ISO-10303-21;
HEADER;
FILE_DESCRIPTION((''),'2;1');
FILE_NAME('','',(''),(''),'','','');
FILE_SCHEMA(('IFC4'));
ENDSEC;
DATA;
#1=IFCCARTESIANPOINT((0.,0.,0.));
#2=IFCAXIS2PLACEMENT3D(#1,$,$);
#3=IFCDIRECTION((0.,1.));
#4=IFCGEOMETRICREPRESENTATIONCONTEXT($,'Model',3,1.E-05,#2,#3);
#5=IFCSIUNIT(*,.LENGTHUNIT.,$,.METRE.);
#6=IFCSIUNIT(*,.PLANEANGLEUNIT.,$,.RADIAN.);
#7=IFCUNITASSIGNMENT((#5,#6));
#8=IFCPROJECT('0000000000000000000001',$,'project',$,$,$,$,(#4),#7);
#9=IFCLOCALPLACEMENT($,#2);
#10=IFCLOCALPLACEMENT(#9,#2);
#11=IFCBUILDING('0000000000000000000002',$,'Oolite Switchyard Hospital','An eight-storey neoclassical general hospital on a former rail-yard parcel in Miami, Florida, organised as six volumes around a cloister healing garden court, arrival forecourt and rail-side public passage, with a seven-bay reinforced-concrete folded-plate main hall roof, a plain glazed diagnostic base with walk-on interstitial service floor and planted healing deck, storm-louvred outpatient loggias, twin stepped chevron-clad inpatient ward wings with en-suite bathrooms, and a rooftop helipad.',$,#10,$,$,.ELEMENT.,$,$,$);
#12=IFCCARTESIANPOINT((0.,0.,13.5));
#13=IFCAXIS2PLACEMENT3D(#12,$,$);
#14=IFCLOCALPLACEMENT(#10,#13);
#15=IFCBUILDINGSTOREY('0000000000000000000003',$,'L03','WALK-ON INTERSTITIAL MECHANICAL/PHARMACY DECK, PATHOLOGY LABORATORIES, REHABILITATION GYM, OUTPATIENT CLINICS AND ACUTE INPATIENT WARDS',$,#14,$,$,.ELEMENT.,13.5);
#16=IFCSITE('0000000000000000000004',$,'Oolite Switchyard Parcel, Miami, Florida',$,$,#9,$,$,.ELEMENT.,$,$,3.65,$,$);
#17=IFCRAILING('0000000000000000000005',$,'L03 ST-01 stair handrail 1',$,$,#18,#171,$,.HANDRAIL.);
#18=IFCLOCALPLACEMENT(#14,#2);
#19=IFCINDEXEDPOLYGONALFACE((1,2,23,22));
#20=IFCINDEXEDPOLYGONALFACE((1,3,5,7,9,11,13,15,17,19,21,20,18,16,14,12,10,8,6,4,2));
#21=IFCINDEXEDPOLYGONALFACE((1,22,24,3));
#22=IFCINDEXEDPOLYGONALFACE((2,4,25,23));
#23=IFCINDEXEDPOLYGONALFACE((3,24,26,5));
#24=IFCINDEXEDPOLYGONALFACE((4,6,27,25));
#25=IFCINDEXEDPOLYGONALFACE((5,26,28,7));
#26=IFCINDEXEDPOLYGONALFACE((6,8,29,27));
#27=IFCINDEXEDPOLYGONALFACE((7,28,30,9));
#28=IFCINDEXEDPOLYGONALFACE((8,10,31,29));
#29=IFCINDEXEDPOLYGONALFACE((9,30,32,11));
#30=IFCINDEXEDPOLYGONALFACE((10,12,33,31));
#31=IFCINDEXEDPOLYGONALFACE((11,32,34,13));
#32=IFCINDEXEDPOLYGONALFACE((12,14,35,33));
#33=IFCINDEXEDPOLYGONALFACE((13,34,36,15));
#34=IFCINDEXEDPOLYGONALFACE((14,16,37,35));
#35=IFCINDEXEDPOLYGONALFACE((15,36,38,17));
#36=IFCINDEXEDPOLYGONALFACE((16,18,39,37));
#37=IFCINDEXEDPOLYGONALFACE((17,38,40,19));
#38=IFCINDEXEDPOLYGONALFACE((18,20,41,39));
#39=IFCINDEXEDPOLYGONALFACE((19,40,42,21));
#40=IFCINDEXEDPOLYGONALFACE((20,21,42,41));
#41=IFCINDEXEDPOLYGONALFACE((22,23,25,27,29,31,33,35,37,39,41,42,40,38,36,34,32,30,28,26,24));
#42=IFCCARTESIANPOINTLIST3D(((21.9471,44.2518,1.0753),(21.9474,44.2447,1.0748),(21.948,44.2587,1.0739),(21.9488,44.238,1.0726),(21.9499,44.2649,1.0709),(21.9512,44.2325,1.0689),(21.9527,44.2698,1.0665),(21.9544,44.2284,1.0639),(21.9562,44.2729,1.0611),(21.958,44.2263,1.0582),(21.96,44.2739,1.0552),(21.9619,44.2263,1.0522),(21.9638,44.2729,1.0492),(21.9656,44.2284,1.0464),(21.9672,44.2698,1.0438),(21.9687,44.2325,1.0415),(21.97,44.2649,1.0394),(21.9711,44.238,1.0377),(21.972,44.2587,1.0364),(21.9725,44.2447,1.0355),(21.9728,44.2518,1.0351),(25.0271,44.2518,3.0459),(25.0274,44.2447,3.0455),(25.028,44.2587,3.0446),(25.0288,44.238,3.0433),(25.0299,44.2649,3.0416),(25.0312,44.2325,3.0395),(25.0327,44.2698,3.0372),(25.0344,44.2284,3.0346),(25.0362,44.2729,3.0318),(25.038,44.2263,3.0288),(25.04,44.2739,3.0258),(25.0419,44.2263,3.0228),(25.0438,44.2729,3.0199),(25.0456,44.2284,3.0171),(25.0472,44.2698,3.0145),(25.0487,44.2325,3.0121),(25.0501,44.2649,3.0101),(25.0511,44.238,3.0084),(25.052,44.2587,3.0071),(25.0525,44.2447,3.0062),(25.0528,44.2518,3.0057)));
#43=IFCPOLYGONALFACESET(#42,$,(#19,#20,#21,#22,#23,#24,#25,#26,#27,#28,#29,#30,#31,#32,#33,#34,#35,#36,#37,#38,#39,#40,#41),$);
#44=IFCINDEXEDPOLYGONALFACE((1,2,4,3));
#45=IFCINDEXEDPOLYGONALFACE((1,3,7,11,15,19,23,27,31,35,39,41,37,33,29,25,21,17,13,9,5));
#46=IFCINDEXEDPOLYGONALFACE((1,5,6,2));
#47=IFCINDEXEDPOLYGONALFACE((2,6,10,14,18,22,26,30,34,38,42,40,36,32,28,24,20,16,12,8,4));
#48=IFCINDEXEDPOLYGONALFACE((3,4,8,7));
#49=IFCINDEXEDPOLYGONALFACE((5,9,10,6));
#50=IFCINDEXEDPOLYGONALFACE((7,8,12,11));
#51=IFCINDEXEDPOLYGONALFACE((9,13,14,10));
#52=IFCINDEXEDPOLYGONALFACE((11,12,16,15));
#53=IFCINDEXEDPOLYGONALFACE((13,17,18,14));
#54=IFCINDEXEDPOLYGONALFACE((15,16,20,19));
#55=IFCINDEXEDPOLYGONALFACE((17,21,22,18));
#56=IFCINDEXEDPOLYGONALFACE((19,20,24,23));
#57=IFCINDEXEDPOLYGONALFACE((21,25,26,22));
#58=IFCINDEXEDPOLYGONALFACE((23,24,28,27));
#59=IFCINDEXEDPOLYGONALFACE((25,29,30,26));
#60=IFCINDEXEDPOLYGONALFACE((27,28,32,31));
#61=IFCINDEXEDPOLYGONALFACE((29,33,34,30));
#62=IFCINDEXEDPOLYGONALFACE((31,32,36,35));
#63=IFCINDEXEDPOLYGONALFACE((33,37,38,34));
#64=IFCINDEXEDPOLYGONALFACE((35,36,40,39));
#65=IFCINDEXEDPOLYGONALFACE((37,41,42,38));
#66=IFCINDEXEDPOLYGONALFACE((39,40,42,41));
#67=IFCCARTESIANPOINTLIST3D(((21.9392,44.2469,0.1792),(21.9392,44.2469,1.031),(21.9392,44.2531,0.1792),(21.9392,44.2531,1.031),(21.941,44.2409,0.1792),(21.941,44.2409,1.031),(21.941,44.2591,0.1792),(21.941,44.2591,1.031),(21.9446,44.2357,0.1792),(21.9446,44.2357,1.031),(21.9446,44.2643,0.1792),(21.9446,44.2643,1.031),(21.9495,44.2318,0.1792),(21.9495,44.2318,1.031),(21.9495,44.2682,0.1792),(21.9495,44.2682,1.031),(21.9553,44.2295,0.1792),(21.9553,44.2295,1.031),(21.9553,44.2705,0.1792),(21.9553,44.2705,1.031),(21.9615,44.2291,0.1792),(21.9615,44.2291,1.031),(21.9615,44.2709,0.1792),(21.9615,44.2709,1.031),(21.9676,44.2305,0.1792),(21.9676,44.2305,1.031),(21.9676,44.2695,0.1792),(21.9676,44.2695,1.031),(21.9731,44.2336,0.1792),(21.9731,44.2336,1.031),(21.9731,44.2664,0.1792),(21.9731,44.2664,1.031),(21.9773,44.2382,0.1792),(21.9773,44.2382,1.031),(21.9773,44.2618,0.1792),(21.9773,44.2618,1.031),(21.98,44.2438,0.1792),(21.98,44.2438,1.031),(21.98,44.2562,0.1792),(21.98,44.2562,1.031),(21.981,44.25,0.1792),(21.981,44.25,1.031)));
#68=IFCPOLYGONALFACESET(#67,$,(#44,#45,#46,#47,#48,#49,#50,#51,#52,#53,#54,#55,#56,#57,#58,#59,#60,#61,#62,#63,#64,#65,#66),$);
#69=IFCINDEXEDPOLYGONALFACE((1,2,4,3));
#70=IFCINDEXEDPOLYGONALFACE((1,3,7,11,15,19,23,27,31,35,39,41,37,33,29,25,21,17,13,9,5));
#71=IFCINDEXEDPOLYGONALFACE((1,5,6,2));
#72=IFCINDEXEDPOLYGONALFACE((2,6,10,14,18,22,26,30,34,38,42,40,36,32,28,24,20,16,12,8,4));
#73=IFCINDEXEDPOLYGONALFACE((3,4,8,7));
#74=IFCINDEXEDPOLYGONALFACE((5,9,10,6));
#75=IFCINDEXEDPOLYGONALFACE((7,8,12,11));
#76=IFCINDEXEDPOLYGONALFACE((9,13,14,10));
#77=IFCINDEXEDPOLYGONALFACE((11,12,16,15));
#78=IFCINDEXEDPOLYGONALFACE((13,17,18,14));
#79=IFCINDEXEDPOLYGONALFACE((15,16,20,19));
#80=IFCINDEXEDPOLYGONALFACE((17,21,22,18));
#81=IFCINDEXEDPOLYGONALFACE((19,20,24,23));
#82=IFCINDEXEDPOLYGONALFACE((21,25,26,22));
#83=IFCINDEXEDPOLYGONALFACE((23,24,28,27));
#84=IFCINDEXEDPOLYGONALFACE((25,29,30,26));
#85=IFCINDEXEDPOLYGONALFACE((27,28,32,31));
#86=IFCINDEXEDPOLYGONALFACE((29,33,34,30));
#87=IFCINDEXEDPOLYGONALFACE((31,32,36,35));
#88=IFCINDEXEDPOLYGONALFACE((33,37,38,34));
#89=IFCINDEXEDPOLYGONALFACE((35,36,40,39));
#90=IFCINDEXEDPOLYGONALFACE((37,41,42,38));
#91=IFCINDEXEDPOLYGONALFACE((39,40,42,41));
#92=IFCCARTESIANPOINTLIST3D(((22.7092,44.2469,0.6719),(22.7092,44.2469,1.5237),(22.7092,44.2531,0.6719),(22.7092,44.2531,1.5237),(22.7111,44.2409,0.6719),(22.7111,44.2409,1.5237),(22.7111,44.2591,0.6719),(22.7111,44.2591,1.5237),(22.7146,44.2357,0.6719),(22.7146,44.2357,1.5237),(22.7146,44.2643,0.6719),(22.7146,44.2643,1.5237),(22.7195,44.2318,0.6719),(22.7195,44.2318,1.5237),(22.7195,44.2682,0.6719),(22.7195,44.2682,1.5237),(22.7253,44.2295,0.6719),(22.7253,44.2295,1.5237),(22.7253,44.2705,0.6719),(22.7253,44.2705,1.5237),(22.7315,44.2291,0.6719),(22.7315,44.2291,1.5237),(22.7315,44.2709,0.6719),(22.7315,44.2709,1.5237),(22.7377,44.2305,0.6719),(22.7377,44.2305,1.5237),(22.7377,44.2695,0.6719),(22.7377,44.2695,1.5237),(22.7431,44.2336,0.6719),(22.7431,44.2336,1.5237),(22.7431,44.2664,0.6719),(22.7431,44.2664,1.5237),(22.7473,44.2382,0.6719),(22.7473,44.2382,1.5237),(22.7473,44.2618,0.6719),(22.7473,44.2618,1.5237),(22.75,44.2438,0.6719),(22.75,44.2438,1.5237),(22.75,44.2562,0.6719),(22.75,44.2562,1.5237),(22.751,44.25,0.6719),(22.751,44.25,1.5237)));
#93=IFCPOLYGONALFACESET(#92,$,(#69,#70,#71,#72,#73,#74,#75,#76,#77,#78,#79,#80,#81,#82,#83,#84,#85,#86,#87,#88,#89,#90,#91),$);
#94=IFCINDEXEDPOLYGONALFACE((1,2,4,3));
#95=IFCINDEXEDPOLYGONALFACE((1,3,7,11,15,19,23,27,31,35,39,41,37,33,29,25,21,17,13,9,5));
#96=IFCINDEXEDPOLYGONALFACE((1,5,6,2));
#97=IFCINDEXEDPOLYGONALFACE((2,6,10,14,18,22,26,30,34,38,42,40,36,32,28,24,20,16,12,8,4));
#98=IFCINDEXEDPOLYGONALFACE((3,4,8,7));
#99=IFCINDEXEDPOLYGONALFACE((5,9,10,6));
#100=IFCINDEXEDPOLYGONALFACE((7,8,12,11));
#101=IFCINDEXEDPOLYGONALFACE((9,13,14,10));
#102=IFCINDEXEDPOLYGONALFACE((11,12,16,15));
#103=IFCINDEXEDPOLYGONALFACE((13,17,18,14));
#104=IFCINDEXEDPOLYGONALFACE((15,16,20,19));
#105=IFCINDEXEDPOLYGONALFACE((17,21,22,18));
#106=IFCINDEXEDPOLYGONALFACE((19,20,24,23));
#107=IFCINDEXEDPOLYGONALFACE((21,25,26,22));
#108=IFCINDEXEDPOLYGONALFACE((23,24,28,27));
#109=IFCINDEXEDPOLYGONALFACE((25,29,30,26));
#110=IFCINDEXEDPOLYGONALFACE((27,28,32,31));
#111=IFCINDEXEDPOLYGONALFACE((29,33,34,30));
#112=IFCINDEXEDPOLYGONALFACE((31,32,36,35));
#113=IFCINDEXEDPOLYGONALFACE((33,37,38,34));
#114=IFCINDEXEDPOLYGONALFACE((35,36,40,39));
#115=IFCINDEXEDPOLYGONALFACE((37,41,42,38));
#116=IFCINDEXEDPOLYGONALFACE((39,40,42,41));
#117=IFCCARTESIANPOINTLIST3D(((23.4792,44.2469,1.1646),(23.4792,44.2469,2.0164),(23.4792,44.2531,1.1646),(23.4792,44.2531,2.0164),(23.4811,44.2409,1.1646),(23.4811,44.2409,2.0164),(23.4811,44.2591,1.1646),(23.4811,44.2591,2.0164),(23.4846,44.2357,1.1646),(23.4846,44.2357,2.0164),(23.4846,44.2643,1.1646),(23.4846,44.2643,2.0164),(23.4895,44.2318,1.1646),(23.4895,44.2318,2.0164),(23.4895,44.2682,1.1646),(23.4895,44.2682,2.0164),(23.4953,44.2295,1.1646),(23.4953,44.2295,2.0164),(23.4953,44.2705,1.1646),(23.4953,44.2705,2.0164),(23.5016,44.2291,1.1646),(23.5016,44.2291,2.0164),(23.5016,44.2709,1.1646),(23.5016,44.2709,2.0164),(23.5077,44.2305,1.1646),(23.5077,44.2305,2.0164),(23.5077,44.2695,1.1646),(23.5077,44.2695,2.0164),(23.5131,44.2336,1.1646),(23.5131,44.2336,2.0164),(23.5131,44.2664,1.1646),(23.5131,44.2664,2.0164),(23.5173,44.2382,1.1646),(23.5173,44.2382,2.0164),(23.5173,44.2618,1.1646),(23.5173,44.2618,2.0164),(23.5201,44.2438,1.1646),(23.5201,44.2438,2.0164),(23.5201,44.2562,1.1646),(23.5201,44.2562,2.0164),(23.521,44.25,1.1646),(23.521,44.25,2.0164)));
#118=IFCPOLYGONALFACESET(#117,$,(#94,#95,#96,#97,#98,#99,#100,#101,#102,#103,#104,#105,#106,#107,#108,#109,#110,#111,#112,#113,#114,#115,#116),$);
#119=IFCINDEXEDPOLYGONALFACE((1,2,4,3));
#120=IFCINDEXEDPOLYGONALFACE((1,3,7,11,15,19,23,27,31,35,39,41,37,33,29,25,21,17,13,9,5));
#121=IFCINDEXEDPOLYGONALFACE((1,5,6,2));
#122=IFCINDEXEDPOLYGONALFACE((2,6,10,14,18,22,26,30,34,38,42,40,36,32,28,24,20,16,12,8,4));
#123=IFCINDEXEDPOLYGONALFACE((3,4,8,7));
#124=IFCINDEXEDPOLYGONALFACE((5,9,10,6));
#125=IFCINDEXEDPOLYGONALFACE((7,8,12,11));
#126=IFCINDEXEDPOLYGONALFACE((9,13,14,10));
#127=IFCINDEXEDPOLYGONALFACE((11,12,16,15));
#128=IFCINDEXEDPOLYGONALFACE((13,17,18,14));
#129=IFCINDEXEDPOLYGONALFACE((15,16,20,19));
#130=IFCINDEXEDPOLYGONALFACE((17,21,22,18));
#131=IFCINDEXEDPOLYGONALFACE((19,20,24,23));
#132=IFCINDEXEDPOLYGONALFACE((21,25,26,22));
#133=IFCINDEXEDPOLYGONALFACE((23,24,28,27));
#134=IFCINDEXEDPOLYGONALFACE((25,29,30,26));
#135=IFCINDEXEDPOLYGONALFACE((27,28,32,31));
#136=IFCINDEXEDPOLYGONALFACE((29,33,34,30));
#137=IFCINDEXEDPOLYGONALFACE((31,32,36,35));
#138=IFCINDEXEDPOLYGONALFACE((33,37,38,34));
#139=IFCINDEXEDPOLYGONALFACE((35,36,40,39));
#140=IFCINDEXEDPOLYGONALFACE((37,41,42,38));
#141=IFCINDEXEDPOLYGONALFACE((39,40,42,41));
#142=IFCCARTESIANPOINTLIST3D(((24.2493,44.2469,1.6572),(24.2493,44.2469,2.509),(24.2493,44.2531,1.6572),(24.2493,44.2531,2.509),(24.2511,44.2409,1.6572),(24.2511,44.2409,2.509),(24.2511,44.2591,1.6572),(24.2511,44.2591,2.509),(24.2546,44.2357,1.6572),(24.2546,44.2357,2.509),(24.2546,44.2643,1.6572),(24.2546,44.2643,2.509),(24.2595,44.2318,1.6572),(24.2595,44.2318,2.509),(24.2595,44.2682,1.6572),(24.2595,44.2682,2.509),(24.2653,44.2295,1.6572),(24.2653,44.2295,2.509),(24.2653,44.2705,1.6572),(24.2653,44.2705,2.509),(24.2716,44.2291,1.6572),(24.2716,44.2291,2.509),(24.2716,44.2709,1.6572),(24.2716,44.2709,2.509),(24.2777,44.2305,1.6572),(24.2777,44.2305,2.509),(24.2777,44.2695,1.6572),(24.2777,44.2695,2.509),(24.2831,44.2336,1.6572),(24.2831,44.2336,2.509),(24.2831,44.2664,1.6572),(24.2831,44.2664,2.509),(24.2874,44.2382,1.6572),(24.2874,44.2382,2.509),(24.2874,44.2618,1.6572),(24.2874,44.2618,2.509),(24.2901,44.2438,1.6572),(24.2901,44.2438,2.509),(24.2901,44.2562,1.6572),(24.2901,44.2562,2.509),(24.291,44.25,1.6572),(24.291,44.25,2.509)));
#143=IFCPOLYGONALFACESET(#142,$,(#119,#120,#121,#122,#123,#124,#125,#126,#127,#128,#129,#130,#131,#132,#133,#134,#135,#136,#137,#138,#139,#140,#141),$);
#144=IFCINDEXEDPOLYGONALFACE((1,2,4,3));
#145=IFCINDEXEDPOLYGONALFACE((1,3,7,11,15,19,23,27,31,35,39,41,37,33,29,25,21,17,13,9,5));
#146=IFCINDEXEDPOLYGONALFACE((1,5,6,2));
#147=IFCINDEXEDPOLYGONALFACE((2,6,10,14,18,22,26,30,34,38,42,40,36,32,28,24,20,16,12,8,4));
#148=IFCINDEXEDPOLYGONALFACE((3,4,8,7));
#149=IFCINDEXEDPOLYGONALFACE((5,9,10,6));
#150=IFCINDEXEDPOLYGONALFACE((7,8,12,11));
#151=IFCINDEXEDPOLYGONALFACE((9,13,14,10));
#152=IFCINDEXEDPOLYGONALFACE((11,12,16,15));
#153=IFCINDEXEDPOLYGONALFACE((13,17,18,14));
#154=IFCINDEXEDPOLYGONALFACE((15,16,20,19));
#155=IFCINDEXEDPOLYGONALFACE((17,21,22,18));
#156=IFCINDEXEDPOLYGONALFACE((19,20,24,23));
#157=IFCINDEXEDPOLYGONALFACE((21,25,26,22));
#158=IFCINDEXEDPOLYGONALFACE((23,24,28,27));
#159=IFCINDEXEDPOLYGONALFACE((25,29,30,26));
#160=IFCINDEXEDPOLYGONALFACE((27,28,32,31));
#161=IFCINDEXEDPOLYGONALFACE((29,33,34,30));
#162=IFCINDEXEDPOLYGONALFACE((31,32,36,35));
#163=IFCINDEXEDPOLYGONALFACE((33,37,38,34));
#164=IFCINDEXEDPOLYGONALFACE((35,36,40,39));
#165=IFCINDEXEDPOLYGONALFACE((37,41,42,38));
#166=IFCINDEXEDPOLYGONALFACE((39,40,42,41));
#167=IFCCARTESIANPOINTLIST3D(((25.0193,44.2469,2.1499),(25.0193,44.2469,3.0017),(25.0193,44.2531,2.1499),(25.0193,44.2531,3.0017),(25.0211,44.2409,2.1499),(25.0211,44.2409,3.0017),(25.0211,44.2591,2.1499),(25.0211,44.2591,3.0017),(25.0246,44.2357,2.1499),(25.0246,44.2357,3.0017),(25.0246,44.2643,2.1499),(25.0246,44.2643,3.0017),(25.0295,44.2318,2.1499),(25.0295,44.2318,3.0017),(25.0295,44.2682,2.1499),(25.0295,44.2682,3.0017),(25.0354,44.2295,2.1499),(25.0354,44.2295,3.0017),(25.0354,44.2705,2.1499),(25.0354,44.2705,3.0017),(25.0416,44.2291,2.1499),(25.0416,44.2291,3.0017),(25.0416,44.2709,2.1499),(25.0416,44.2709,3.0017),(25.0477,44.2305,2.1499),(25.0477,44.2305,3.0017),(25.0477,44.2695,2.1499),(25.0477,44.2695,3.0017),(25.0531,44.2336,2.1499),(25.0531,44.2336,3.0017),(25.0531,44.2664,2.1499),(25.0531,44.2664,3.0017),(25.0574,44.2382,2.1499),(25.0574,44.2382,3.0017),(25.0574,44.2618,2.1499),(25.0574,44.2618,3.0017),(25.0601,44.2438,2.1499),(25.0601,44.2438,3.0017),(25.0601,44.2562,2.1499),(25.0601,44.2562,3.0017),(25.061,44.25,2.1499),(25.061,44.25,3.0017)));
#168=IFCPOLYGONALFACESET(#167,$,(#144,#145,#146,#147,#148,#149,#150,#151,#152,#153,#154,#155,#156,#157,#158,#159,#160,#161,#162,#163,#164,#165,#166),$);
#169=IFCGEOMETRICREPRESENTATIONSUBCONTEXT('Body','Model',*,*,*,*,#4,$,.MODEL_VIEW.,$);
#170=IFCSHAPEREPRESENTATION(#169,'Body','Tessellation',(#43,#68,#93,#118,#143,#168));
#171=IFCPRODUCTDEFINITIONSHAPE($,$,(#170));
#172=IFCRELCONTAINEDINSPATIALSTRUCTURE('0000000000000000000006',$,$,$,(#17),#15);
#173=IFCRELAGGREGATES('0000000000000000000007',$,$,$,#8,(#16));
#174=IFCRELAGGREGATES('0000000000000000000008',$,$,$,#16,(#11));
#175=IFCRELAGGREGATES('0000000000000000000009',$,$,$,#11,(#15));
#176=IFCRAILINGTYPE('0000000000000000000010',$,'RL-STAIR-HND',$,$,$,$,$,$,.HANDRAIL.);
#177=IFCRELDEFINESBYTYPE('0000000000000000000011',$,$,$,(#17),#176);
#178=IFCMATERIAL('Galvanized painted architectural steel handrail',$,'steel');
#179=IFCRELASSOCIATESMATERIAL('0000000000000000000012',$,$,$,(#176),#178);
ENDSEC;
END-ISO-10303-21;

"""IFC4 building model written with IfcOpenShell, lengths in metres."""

from ifc_helpers import new_model, si_unit, direction, frame, origin, origin_2d, place, context, subcontext, project, spatial, circle, extrude, material, type_object, element, save


model = new_model("IFC4")

# Units and contexts
model_context = context("Model", 3, precision=1e-05, world=origin(), true_north=direction((0.0, 1.0)))
body_context = subcontext(model_context, "Body", "Model", "MODEL_VIEW")
ifc_project = project(units=[si_unit("LENGTHUNIT", "METRE"), si_unit("PLANEANGLEUNIT", "RADIAN")], contexts=[model_context])

# Site, building, storey
site_placement = place(None, origin())
site = spatial("IfcSite", under=ifc_project, at=site_placement, Name="Oolite Switchyard Parcel, Miami, Florida", CompositionType="ELEMENT", RefElevation=3.65)
building_placement = place(site_placement, origin())
building = spatial("IfcBuilding", under=site, at=building_placement, Name="Oolite Switchyard Hospital", Description="An eight-storey neoclassical general hospital on a former rail-yard parcel in Miami, Florida, organised as six volumes around a cloister healing garden court, arrival forecourt and rail-side public passage, with a seven-bay reinforced-concrete folded-plate main hall roof, a plain glazed diagnostic base with walk-on interstitial service floor and planted healing deck, storm-louvred outpatient loggias, twin stepped chevron-clad inpatient ward wings with en-suite bathrooms, and a rooftop helipad.", CompositionType="ELEMENT")
storey_placement = place(building_placement, frame((0.0, 0.0, 13.5)))
storey = spatial("IfcBuildingStorey", under=building, at=storey_placement, Name="L03", Description="WALK-ON INTERSTITIAL MECHANICAL/PHARMACY DECK, PATHOLOGY LABORATORIES, REHABILITATION GYM, OUTPATIENT CLINICS AND ACUTE INPATIENT WARDS", CompositionType="ELEMENT", Elevation=13.5)

# Railing
ifc_material_1 = material(Name="Galvanized painted architectural steel handrail", Category="steel")
railing_type = type_object("IfcRailingType", Name="RL-STAIR-HND", PredefinedType="HANDRAIL", material=ifc_material_1)
railing_placement = place(storey_placement, frame((21.96, 44.25, 0.1792)))
element("IfcRailing", 1, at=railing_placement, inside=storey, type_object=railing_type, Name="L03 ST-01 stair handrail 1", PredefinedType="HANDRAIL", context=body_context, shape_type="SweptSolid", body=[
    extrude(circle(Radius=0.0239, at=origin_2d()), frame((0.0, 0.0, 0.876), z_axis=(0.842339, 0.0, 0.538948), x_axis=(0.0, 1.0, 0.0)), (0.0, 0.0, 1.0), 3.6565),
    extrude(circle(Radius=0.021, at=origin_2d()), origin(), (0.0, 0.0, 1.0), 0.8518),
    extrude(circle(Radius=0.021, at=origin_2d()), frame((0.77, 0.0, 0.4927)), (0.0, 0.0, 1.0), 0.8518),
    extrude(circle(Radius=0.021, at=origin_2d()), frame((1.54, 0.0, 0.9854)), (0.0, 0.0, 1.0), 0.8518),
    extrude(circle(Radius=0.021, at=origin_2d()), frame((2.3101, 0.0, 1.478)), (0.0, 0.0, 1.0), 0.8518),
    extrude(circle(Radius=0.021, at=origin_2d()), frame((3.0801, 0.0, 1.9707)), (0.0, 0.0, 1.0), 0.8518),
])

save(model, "model.ifc")
